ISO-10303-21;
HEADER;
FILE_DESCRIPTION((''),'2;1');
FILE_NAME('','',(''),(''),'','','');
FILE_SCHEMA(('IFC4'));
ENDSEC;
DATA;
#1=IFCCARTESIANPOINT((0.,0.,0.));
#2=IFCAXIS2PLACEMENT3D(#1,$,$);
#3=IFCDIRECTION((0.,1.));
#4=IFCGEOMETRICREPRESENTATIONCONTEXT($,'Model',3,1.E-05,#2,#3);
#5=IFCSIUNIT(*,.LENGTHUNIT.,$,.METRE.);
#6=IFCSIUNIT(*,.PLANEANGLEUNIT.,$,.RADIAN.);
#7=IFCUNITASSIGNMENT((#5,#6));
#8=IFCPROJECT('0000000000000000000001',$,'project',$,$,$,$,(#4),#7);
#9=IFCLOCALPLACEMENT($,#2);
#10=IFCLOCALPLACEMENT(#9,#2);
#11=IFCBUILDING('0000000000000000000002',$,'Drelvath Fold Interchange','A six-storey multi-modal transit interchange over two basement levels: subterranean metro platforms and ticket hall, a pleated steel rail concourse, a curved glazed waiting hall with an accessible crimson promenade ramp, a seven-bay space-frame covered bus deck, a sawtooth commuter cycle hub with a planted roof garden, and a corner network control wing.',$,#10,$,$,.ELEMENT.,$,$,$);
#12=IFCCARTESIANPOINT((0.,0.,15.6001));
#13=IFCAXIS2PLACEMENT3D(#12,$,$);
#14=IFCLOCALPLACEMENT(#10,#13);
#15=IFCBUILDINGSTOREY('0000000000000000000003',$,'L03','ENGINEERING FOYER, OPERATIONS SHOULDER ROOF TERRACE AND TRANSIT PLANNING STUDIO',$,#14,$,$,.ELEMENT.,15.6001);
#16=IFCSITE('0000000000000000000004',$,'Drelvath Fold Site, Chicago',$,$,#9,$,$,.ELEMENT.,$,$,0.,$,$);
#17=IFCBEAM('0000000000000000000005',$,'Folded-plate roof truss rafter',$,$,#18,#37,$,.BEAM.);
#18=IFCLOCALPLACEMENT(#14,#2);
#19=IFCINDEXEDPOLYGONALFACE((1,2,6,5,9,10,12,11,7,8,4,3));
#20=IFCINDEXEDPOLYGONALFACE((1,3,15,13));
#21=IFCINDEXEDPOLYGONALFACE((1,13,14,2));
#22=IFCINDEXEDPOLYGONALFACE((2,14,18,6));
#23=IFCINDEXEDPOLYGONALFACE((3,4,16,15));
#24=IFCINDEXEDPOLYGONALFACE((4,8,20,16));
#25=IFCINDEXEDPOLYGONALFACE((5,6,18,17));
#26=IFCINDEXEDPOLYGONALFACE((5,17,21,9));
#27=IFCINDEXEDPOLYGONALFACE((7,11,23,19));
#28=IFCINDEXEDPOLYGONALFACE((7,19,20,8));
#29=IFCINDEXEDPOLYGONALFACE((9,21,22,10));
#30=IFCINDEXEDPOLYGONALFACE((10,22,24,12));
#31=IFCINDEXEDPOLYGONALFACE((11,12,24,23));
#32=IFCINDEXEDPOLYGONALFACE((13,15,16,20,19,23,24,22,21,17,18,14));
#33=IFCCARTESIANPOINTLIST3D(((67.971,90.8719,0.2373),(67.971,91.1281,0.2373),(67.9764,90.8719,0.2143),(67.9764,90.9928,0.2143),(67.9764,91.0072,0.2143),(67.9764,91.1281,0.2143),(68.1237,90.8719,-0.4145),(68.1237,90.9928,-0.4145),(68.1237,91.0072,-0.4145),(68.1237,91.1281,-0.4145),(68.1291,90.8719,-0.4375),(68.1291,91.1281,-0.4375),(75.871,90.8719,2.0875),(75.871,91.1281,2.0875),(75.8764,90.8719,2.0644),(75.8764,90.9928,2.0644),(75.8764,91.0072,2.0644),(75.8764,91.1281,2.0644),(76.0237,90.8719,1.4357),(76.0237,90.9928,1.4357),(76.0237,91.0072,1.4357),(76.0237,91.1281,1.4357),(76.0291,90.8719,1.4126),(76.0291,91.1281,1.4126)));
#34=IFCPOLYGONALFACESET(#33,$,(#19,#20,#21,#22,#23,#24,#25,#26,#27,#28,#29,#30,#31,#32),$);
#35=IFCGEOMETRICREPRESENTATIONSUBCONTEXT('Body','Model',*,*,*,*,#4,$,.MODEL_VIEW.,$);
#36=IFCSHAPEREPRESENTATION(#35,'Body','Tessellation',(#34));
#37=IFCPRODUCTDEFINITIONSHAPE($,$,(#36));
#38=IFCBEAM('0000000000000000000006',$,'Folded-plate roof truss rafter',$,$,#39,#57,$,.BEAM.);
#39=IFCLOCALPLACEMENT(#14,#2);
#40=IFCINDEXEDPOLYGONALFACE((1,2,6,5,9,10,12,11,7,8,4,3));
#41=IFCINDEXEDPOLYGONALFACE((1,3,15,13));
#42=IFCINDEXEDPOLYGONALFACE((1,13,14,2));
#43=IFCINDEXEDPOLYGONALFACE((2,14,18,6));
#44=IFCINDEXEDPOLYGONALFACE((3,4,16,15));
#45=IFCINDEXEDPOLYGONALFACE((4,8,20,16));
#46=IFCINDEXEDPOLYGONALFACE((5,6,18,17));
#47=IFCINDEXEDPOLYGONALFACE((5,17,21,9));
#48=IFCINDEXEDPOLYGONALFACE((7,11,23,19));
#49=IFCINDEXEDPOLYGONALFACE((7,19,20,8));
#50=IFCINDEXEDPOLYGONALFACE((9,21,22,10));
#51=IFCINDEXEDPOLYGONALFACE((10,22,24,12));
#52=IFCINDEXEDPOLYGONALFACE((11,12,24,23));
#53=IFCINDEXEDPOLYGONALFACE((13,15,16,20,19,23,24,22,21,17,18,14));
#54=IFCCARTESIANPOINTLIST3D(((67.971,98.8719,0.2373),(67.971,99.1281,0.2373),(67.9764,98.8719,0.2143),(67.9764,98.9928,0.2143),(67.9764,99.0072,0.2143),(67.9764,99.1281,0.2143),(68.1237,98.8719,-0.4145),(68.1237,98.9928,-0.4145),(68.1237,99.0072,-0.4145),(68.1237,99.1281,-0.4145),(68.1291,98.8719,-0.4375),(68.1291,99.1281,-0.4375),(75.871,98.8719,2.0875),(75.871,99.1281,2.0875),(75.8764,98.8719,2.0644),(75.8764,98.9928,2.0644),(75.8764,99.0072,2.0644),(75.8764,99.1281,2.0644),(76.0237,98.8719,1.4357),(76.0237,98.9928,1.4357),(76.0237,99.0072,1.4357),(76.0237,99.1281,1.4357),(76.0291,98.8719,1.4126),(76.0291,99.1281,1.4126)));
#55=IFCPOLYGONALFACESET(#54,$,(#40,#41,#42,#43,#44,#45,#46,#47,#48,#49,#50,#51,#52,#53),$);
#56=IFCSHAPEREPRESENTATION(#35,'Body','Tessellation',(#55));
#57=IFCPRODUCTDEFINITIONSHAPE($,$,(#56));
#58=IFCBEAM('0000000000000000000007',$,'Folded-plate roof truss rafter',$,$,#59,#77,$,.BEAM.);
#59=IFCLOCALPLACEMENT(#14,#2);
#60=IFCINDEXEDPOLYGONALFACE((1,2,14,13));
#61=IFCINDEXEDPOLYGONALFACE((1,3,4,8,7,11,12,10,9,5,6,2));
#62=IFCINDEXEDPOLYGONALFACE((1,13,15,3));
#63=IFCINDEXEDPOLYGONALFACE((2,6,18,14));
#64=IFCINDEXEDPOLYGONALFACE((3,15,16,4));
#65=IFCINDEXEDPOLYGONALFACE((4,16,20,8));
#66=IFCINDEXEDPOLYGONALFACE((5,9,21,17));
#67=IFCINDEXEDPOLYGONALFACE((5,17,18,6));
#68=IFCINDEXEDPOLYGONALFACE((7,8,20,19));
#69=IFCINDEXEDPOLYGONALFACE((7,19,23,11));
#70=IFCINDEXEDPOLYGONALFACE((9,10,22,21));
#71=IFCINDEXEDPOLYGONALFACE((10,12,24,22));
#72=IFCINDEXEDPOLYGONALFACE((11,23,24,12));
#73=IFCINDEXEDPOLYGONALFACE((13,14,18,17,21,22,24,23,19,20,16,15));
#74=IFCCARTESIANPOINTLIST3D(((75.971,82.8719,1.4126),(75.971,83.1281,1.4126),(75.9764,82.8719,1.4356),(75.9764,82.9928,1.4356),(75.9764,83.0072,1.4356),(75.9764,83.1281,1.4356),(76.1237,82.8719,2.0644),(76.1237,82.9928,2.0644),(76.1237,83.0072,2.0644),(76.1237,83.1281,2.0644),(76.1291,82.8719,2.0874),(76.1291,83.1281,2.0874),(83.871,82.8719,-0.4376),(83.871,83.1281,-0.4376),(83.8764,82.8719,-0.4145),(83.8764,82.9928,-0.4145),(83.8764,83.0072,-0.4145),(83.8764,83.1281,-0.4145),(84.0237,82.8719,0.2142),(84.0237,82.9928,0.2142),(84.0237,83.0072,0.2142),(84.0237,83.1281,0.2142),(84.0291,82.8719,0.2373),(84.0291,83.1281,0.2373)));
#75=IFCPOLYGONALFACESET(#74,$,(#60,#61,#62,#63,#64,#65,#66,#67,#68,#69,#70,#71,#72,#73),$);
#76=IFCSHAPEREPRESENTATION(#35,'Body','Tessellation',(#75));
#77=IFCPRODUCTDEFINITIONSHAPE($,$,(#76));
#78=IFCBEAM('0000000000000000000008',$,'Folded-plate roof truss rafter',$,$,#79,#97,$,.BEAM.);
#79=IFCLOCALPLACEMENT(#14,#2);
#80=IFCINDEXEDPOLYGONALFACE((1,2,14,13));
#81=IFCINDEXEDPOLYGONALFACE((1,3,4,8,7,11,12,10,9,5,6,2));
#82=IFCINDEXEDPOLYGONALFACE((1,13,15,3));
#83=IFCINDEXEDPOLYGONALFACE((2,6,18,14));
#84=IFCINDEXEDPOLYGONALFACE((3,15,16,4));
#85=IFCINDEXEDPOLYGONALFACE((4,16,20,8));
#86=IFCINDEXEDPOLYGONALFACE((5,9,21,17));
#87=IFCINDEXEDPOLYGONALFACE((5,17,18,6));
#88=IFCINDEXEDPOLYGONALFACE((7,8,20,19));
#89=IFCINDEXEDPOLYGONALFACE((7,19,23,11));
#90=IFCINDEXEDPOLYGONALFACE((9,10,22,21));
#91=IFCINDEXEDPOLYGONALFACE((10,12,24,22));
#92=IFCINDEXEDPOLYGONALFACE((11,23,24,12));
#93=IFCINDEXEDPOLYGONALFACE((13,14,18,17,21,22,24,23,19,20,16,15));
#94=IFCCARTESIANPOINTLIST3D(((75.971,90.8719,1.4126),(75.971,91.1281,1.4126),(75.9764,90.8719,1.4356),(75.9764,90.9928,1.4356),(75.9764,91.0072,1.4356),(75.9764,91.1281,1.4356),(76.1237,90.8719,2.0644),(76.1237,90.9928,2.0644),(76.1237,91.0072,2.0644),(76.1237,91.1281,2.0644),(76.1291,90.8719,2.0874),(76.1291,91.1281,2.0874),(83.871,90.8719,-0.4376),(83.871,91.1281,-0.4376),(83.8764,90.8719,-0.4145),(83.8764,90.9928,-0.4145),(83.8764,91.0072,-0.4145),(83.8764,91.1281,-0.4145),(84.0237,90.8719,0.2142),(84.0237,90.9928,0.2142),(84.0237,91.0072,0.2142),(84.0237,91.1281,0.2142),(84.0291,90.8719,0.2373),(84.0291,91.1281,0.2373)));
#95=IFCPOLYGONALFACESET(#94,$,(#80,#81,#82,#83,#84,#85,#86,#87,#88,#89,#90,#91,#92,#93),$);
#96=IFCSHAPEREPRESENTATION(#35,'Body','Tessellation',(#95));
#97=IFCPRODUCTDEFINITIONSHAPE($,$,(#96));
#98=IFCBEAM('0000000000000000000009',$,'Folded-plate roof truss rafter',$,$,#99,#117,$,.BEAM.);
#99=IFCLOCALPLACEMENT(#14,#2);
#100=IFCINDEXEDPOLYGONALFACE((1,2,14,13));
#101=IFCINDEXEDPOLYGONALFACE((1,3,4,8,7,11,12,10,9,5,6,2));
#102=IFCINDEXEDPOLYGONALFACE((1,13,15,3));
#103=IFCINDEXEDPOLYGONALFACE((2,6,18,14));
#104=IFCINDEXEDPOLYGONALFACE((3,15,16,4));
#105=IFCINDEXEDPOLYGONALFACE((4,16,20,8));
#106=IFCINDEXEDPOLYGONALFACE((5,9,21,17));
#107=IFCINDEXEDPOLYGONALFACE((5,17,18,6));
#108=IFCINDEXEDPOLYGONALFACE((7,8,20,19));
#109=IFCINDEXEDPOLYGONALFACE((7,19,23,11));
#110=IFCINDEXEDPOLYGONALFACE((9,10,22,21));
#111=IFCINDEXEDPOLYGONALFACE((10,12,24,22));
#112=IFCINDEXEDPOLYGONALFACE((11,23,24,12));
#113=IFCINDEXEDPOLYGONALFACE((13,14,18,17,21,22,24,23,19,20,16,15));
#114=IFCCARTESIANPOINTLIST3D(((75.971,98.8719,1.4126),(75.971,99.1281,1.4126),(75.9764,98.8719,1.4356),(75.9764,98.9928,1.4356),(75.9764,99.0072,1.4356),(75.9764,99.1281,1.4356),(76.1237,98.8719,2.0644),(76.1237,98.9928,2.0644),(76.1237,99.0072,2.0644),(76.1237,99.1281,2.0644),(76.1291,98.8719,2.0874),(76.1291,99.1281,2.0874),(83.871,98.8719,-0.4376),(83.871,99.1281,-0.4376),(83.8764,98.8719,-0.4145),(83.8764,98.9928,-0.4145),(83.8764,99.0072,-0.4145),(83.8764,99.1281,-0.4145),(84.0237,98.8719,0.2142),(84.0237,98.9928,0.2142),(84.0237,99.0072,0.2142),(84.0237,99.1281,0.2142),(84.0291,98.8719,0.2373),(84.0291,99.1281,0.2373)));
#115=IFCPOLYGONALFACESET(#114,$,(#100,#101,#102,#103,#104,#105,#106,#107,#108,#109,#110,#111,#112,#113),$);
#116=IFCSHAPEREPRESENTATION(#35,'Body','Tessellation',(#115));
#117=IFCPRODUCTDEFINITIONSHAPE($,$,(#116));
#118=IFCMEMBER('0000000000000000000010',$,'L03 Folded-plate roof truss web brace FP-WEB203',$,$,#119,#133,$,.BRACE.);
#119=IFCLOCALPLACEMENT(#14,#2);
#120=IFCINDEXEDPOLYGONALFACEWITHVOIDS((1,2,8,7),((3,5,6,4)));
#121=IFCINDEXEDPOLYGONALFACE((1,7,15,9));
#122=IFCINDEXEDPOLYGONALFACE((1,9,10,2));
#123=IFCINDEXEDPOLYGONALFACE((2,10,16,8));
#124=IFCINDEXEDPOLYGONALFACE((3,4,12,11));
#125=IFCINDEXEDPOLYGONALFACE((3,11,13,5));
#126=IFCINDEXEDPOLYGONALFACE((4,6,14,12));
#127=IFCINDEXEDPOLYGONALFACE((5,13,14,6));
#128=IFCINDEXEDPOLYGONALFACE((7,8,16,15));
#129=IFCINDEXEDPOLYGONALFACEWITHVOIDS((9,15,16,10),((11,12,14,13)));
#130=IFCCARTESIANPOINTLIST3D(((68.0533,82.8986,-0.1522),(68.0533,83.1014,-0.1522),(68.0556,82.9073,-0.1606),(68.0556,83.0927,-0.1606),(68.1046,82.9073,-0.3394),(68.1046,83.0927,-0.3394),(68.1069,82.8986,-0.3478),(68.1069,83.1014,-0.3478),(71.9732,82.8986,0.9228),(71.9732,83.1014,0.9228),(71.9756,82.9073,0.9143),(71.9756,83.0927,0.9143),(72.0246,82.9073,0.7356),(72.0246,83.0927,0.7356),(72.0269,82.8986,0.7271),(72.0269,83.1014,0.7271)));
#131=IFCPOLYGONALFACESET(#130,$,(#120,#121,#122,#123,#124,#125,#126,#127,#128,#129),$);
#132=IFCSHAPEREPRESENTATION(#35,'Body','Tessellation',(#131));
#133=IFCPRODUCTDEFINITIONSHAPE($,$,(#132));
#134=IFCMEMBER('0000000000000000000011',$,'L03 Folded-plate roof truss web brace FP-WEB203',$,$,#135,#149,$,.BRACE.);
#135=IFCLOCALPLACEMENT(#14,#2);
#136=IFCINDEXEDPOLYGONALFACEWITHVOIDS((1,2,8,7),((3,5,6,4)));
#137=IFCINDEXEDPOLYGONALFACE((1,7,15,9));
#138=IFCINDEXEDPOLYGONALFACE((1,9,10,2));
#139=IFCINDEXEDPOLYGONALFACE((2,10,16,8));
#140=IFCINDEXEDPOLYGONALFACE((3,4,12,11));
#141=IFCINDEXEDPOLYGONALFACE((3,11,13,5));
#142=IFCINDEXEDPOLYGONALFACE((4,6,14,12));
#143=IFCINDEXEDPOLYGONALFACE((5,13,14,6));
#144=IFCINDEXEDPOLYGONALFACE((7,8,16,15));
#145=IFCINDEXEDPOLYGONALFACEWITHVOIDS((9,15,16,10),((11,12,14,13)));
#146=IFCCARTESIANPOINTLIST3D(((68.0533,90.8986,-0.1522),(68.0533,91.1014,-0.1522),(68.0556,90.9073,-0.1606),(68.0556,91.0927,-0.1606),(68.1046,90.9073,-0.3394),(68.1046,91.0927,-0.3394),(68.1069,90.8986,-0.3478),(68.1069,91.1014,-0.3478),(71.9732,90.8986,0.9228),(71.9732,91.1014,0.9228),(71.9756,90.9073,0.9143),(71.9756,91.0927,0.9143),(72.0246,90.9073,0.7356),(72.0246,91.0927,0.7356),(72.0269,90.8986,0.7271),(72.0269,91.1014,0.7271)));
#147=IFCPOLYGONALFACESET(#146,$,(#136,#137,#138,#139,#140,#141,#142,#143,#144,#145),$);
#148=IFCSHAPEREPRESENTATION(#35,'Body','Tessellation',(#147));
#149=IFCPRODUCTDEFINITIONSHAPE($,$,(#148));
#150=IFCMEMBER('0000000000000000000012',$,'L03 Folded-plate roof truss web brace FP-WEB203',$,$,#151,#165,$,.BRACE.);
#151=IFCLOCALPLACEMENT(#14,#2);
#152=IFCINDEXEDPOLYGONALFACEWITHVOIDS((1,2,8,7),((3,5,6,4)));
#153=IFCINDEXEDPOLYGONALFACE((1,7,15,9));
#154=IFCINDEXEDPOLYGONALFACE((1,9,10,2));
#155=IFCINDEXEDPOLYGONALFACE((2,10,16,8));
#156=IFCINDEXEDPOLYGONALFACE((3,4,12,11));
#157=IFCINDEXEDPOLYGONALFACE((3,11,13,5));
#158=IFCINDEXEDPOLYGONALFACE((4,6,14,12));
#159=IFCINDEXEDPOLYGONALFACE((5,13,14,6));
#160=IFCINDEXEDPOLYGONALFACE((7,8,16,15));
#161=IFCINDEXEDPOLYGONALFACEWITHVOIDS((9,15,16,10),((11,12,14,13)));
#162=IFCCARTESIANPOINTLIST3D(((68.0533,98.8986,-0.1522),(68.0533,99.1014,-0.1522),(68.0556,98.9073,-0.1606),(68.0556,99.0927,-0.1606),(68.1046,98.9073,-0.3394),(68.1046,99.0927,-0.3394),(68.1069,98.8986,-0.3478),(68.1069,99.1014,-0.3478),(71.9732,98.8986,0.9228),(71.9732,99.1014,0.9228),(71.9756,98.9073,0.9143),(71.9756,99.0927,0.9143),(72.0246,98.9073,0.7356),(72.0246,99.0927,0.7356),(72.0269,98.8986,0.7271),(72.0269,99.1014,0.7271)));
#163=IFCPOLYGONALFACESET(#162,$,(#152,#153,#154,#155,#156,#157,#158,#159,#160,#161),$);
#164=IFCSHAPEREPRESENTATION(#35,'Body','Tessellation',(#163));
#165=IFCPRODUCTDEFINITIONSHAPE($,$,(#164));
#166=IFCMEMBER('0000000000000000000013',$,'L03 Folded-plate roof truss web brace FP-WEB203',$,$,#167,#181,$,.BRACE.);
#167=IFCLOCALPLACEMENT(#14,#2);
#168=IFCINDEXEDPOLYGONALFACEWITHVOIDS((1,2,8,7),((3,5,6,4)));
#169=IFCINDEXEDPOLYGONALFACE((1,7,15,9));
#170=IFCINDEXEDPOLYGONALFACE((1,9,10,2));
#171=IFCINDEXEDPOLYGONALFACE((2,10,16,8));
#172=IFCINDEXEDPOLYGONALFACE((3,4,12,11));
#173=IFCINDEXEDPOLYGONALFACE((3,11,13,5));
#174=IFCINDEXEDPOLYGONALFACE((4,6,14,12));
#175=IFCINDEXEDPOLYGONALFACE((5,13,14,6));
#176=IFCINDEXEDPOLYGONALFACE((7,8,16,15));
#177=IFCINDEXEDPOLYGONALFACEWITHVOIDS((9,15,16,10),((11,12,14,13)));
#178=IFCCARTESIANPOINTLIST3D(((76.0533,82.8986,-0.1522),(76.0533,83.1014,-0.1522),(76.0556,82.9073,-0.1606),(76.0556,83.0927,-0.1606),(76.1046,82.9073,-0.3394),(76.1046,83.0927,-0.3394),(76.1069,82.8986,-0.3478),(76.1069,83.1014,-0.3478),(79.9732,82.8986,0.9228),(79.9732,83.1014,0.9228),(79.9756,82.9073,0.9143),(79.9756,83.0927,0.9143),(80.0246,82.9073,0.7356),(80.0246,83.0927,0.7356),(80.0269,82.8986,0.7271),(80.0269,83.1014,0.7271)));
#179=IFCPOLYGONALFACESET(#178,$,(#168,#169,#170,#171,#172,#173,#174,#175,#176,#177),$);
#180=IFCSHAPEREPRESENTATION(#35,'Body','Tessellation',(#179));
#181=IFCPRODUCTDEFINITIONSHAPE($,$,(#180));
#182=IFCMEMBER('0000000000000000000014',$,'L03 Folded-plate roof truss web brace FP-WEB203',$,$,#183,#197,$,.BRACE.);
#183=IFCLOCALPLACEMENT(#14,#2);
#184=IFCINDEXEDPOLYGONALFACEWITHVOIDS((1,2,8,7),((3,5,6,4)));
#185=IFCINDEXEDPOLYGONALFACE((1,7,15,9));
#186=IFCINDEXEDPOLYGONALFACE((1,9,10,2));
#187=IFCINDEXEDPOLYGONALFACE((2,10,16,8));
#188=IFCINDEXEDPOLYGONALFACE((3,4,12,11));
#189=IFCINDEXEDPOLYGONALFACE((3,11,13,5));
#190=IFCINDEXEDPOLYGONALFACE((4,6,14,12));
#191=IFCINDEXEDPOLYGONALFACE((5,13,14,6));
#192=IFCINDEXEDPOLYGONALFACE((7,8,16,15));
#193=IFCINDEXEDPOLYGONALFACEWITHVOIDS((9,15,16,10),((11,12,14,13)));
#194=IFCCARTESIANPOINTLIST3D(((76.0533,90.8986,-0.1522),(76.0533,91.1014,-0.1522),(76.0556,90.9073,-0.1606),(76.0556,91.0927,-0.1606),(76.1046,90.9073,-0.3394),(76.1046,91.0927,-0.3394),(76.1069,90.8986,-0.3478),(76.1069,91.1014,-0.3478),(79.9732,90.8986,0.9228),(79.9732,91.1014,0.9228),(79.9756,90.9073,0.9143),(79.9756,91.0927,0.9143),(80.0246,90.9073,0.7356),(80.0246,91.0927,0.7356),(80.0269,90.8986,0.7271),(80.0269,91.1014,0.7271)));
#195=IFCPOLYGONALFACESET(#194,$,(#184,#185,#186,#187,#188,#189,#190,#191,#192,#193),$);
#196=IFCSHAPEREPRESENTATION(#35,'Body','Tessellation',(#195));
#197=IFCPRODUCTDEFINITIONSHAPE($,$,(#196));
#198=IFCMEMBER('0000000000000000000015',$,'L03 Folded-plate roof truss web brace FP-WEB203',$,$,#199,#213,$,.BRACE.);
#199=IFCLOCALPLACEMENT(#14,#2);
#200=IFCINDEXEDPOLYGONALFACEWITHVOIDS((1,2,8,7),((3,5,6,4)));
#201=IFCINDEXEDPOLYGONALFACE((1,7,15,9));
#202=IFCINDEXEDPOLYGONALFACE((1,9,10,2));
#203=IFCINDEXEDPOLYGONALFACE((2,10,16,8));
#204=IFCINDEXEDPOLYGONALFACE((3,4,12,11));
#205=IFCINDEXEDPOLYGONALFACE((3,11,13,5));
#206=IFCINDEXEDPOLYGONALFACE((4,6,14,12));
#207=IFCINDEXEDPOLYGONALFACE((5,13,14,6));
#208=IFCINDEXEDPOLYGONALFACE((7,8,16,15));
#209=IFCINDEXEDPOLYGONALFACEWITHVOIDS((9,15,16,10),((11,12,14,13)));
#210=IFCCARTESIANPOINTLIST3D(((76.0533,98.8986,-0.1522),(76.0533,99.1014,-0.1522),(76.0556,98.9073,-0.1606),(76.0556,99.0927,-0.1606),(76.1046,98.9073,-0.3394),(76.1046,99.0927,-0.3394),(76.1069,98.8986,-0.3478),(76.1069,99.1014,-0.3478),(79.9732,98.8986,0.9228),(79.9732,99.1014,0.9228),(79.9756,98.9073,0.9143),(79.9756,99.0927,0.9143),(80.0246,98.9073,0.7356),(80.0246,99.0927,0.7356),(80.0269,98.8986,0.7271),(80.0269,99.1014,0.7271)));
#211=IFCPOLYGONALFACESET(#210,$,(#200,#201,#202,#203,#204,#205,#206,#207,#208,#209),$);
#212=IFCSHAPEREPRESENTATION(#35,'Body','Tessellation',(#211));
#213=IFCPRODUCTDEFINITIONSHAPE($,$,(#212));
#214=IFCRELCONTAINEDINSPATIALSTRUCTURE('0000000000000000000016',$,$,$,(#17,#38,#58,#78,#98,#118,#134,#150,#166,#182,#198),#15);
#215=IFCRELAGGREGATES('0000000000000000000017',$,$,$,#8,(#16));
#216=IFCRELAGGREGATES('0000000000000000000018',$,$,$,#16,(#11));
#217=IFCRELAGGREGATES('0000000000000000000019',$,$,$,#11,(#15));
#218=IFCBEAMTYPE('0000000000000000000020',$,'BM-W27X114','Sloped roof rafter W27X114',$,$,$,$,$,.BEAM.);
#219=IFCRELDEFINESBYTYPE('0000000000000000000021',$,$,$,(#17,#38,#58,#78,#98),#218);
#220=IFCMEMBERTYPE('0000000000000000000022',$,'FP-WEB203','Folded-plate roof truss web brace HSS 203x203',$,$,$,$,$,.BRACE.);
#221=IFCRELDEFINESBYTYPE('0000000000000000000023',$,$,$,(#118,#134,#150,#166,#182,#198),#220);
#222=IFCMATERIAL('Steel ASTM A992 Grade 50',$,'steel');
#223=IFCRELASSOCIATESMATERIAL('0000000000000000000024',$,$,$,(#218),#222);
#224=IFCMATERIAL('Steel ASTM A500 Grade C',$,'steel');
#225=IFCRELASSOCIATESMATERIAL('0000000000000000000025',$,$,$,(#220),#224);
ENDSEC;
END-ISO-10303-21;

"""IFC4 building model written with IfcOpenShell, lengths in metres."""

from ifc_helpers import new_model, si_unit, direction, frame, origin, origin_2d, place, context, subcontext, project, spatial, hollow_rectangle, i_section, extrude, material, material_profile, profile_set, type_object, element, save


model = new_model("IFC4")

# Units and contexts
model_context = context("Model", 3, precision=1e-05, world=origin(), true_north=direction((0.0, 1.0)))
body_context = subcontext(model_context, "Body", "Model", "MODEL_VIEW")
ifc_project = project(units=[si_unit("LENGTHUNIT", "METRE"), si_unit("PLANEANGLEUNIT", "RADIAN")], contexts=[model_context])

# Site, building, storey
site_placement = place(None, origin())
site = spatial("IfcSite", under=ifc_project, at=site_placement, Name="Drelvath Fold Site, Chicago", CompositionType="ELEMENT", RefElevation=0.0)
building_placement = place(site_placement, origin())
building = spatial("IfcBuilding", under=site, at=building_placement, Name="Drelvath Fold Interchange", Description="A six-storey multi-modal transit interchange over two basement levels: subterranean metro platforms and ticket hall, a pleated steel rail concourse, a curved glazed waiting hall with an accessible crimson promenade ramp, a seven-bay space-frame covered bus deck, a sawtooth commuter cycle hub with a planted roof garden, and a corner network control wing.", CompositionType="ELEMENT")
storey_placement = place(building_placement, frame((0.0, 0.0, 15.6001)))
storey = spatial("IfcBuildingStorey", under=building, at=storey_placement, Name="L03", Description="ENGINEERING FOYER, OPERATIONS SHOULDER ROOF TERRACE AND TRANSIT PLANNING STUDIO", CompositionType="ELEMENT", Elevation=15.6001)

# Beams
ifc_material_1 = material(Name="Steel ASTM A992 Grade 50", Category="steel")
ifc_material_profile_1 = material_profile(ifc_material_1, i_section(OverallWidth=0.2561, OverallDepth=0.6931, WebThickness=0.0144, FlangeThickness=0.0237, at=origin_2d()), Name="W27X114")
ifc_profile_set_1 = profile_set([ifc_material_profile_1], Name="Steel ASTM A992 Grade 50")
beam_type = type_object("IfcBeamType", Name="BM-W27X114", Description="Sloped roof rafter W27X114", PredefinedType="BEAM", material=ifc_profile_set_1)
for number, where, z_axis, x_axis, name in (
    (1, (68.05, 91.0, -0.1001), (0.973656, 0.0, 0.228023), (0.0, 1.0, 0.0), "Folded-plate roof truss rafter"),
    (2, (68.05, 99.0, -0.1001), (0.973656, 0.0, 0.228023), (0.0, 1.0, 0.0), "Folded-plate roof truss rafter"),
    (3, (76.05, 83.0, 1.75), (0.973656, 0.0, -0.228023), (0.0, 1.0, 0.0), "Folded-plate roof truss rafter"),
    (4, (76.05, 91.0, 1.75), (0.973656, 0.0, -0.228023), (0.0, 1.0, 0.0), "Folded-plate roof truss rafter"),
    (5, (76.05, 99.0, 1.75), (0.973656, 0.0, -0.228023), (0.0, 1.0, 0.0), "Folded-plate roof truss rafter"),
):
    element("IfcBeam", number, at=place(storey_placement, frame(where, z_axis=z_axis, x_axis=x_axis)), inside=storey, type_object=beam_type, Name=name, PredefinedType="BEAM", context=body_context, shape_type="SweptSolid", body=[
        extrude(i_section(OverallWidth=0.2561, OverallDepth=0.6931, WebThickness=0.0144, FlangeThickness=0.0237, at=origin_2d()), origin(), (0.0, 0.0, 1.0), 8.1138),
    ])

# Members
ifc_material_2 = material(Name="Steel ASTM A500 Grade C", Category="steel")
ifc_material_profile_2 = material_profile(ifc_material_2, hollow_rectangle(XDim=0.2029, YDim=0.2029, WallThickness=0.0088, at=origin_2d()), Name="HSS8X8X3/8")
ifc_profile_set_2 = profile_set([ifc_material_profile_2], Name="Steel ASTM A500 Grade C")
member_type_1 = type_object("IfcMemberType", Name="FP-WEB203", Description="Folded-plate roof truss web brace HSS 203x203", PredefinedType="BRACE", material=ifc_profile_set_2)
for number, where, z_axis, x_axis, name in (
    (6, (68.0801, 83.0, -0.25), (0.964396, 0.0, 0.264464), (0.0, 1.0, 0.0), "L03 Folded-plate roof truss web brace FP-WEB203"),
    (7, (68.0801, 91.0, -0.25), (0.964396, 0.0, 0.264464), (0.0, 1.0, 0.0), "L03 Folded-plate roof truss web brace FP-WEB203"),
    (8, (68.0801, 99.0, -0.25), (0.964396, 0.0, 0.264464), (0.0, 1.0, 0.0), "L03 Folded-plate roof truss web brace FP-WEB203"),
    (9, (76.0801, 83.0, -0.25), (0.964396, 0.0, 0.264464), (0.0, 1.0, 0.0), "L03 Folded-plate roof truss web brace FP-WEB203"),
    (10, (76.0801, 91.0, -0.25), (0.964396, 0.0, 0.264464), (0.0, 1.0, 0.0), "L03 Folded-plate roof truss web brace FP-WEB203"),
    (11, (76.0801, 99.0, -0.25), (0.964396, 0.0, 0.264464), (0.0, 1.0, 0.0), "L03 Folded-plate roof truss web brace FP-WEB203"),
):
    element("IfcMember", number, at=place(storey_placement, frame(where, z_axis=z_axis, x_axis=x_axis)), inside=storey, type_object=member_type_1, Name=name, PredefinedType="BRACE", context=body_context, shape_type="SweptSolid", body=[
        extrude(hollow_rectangle(XDim=0.2029, YDim=0.2029, WallThickness=0.0088, at=origin_2d()), origin(), (0.0, 0.0, 1.0), 4.0647),
    ])

save(model, "model.ifc")
